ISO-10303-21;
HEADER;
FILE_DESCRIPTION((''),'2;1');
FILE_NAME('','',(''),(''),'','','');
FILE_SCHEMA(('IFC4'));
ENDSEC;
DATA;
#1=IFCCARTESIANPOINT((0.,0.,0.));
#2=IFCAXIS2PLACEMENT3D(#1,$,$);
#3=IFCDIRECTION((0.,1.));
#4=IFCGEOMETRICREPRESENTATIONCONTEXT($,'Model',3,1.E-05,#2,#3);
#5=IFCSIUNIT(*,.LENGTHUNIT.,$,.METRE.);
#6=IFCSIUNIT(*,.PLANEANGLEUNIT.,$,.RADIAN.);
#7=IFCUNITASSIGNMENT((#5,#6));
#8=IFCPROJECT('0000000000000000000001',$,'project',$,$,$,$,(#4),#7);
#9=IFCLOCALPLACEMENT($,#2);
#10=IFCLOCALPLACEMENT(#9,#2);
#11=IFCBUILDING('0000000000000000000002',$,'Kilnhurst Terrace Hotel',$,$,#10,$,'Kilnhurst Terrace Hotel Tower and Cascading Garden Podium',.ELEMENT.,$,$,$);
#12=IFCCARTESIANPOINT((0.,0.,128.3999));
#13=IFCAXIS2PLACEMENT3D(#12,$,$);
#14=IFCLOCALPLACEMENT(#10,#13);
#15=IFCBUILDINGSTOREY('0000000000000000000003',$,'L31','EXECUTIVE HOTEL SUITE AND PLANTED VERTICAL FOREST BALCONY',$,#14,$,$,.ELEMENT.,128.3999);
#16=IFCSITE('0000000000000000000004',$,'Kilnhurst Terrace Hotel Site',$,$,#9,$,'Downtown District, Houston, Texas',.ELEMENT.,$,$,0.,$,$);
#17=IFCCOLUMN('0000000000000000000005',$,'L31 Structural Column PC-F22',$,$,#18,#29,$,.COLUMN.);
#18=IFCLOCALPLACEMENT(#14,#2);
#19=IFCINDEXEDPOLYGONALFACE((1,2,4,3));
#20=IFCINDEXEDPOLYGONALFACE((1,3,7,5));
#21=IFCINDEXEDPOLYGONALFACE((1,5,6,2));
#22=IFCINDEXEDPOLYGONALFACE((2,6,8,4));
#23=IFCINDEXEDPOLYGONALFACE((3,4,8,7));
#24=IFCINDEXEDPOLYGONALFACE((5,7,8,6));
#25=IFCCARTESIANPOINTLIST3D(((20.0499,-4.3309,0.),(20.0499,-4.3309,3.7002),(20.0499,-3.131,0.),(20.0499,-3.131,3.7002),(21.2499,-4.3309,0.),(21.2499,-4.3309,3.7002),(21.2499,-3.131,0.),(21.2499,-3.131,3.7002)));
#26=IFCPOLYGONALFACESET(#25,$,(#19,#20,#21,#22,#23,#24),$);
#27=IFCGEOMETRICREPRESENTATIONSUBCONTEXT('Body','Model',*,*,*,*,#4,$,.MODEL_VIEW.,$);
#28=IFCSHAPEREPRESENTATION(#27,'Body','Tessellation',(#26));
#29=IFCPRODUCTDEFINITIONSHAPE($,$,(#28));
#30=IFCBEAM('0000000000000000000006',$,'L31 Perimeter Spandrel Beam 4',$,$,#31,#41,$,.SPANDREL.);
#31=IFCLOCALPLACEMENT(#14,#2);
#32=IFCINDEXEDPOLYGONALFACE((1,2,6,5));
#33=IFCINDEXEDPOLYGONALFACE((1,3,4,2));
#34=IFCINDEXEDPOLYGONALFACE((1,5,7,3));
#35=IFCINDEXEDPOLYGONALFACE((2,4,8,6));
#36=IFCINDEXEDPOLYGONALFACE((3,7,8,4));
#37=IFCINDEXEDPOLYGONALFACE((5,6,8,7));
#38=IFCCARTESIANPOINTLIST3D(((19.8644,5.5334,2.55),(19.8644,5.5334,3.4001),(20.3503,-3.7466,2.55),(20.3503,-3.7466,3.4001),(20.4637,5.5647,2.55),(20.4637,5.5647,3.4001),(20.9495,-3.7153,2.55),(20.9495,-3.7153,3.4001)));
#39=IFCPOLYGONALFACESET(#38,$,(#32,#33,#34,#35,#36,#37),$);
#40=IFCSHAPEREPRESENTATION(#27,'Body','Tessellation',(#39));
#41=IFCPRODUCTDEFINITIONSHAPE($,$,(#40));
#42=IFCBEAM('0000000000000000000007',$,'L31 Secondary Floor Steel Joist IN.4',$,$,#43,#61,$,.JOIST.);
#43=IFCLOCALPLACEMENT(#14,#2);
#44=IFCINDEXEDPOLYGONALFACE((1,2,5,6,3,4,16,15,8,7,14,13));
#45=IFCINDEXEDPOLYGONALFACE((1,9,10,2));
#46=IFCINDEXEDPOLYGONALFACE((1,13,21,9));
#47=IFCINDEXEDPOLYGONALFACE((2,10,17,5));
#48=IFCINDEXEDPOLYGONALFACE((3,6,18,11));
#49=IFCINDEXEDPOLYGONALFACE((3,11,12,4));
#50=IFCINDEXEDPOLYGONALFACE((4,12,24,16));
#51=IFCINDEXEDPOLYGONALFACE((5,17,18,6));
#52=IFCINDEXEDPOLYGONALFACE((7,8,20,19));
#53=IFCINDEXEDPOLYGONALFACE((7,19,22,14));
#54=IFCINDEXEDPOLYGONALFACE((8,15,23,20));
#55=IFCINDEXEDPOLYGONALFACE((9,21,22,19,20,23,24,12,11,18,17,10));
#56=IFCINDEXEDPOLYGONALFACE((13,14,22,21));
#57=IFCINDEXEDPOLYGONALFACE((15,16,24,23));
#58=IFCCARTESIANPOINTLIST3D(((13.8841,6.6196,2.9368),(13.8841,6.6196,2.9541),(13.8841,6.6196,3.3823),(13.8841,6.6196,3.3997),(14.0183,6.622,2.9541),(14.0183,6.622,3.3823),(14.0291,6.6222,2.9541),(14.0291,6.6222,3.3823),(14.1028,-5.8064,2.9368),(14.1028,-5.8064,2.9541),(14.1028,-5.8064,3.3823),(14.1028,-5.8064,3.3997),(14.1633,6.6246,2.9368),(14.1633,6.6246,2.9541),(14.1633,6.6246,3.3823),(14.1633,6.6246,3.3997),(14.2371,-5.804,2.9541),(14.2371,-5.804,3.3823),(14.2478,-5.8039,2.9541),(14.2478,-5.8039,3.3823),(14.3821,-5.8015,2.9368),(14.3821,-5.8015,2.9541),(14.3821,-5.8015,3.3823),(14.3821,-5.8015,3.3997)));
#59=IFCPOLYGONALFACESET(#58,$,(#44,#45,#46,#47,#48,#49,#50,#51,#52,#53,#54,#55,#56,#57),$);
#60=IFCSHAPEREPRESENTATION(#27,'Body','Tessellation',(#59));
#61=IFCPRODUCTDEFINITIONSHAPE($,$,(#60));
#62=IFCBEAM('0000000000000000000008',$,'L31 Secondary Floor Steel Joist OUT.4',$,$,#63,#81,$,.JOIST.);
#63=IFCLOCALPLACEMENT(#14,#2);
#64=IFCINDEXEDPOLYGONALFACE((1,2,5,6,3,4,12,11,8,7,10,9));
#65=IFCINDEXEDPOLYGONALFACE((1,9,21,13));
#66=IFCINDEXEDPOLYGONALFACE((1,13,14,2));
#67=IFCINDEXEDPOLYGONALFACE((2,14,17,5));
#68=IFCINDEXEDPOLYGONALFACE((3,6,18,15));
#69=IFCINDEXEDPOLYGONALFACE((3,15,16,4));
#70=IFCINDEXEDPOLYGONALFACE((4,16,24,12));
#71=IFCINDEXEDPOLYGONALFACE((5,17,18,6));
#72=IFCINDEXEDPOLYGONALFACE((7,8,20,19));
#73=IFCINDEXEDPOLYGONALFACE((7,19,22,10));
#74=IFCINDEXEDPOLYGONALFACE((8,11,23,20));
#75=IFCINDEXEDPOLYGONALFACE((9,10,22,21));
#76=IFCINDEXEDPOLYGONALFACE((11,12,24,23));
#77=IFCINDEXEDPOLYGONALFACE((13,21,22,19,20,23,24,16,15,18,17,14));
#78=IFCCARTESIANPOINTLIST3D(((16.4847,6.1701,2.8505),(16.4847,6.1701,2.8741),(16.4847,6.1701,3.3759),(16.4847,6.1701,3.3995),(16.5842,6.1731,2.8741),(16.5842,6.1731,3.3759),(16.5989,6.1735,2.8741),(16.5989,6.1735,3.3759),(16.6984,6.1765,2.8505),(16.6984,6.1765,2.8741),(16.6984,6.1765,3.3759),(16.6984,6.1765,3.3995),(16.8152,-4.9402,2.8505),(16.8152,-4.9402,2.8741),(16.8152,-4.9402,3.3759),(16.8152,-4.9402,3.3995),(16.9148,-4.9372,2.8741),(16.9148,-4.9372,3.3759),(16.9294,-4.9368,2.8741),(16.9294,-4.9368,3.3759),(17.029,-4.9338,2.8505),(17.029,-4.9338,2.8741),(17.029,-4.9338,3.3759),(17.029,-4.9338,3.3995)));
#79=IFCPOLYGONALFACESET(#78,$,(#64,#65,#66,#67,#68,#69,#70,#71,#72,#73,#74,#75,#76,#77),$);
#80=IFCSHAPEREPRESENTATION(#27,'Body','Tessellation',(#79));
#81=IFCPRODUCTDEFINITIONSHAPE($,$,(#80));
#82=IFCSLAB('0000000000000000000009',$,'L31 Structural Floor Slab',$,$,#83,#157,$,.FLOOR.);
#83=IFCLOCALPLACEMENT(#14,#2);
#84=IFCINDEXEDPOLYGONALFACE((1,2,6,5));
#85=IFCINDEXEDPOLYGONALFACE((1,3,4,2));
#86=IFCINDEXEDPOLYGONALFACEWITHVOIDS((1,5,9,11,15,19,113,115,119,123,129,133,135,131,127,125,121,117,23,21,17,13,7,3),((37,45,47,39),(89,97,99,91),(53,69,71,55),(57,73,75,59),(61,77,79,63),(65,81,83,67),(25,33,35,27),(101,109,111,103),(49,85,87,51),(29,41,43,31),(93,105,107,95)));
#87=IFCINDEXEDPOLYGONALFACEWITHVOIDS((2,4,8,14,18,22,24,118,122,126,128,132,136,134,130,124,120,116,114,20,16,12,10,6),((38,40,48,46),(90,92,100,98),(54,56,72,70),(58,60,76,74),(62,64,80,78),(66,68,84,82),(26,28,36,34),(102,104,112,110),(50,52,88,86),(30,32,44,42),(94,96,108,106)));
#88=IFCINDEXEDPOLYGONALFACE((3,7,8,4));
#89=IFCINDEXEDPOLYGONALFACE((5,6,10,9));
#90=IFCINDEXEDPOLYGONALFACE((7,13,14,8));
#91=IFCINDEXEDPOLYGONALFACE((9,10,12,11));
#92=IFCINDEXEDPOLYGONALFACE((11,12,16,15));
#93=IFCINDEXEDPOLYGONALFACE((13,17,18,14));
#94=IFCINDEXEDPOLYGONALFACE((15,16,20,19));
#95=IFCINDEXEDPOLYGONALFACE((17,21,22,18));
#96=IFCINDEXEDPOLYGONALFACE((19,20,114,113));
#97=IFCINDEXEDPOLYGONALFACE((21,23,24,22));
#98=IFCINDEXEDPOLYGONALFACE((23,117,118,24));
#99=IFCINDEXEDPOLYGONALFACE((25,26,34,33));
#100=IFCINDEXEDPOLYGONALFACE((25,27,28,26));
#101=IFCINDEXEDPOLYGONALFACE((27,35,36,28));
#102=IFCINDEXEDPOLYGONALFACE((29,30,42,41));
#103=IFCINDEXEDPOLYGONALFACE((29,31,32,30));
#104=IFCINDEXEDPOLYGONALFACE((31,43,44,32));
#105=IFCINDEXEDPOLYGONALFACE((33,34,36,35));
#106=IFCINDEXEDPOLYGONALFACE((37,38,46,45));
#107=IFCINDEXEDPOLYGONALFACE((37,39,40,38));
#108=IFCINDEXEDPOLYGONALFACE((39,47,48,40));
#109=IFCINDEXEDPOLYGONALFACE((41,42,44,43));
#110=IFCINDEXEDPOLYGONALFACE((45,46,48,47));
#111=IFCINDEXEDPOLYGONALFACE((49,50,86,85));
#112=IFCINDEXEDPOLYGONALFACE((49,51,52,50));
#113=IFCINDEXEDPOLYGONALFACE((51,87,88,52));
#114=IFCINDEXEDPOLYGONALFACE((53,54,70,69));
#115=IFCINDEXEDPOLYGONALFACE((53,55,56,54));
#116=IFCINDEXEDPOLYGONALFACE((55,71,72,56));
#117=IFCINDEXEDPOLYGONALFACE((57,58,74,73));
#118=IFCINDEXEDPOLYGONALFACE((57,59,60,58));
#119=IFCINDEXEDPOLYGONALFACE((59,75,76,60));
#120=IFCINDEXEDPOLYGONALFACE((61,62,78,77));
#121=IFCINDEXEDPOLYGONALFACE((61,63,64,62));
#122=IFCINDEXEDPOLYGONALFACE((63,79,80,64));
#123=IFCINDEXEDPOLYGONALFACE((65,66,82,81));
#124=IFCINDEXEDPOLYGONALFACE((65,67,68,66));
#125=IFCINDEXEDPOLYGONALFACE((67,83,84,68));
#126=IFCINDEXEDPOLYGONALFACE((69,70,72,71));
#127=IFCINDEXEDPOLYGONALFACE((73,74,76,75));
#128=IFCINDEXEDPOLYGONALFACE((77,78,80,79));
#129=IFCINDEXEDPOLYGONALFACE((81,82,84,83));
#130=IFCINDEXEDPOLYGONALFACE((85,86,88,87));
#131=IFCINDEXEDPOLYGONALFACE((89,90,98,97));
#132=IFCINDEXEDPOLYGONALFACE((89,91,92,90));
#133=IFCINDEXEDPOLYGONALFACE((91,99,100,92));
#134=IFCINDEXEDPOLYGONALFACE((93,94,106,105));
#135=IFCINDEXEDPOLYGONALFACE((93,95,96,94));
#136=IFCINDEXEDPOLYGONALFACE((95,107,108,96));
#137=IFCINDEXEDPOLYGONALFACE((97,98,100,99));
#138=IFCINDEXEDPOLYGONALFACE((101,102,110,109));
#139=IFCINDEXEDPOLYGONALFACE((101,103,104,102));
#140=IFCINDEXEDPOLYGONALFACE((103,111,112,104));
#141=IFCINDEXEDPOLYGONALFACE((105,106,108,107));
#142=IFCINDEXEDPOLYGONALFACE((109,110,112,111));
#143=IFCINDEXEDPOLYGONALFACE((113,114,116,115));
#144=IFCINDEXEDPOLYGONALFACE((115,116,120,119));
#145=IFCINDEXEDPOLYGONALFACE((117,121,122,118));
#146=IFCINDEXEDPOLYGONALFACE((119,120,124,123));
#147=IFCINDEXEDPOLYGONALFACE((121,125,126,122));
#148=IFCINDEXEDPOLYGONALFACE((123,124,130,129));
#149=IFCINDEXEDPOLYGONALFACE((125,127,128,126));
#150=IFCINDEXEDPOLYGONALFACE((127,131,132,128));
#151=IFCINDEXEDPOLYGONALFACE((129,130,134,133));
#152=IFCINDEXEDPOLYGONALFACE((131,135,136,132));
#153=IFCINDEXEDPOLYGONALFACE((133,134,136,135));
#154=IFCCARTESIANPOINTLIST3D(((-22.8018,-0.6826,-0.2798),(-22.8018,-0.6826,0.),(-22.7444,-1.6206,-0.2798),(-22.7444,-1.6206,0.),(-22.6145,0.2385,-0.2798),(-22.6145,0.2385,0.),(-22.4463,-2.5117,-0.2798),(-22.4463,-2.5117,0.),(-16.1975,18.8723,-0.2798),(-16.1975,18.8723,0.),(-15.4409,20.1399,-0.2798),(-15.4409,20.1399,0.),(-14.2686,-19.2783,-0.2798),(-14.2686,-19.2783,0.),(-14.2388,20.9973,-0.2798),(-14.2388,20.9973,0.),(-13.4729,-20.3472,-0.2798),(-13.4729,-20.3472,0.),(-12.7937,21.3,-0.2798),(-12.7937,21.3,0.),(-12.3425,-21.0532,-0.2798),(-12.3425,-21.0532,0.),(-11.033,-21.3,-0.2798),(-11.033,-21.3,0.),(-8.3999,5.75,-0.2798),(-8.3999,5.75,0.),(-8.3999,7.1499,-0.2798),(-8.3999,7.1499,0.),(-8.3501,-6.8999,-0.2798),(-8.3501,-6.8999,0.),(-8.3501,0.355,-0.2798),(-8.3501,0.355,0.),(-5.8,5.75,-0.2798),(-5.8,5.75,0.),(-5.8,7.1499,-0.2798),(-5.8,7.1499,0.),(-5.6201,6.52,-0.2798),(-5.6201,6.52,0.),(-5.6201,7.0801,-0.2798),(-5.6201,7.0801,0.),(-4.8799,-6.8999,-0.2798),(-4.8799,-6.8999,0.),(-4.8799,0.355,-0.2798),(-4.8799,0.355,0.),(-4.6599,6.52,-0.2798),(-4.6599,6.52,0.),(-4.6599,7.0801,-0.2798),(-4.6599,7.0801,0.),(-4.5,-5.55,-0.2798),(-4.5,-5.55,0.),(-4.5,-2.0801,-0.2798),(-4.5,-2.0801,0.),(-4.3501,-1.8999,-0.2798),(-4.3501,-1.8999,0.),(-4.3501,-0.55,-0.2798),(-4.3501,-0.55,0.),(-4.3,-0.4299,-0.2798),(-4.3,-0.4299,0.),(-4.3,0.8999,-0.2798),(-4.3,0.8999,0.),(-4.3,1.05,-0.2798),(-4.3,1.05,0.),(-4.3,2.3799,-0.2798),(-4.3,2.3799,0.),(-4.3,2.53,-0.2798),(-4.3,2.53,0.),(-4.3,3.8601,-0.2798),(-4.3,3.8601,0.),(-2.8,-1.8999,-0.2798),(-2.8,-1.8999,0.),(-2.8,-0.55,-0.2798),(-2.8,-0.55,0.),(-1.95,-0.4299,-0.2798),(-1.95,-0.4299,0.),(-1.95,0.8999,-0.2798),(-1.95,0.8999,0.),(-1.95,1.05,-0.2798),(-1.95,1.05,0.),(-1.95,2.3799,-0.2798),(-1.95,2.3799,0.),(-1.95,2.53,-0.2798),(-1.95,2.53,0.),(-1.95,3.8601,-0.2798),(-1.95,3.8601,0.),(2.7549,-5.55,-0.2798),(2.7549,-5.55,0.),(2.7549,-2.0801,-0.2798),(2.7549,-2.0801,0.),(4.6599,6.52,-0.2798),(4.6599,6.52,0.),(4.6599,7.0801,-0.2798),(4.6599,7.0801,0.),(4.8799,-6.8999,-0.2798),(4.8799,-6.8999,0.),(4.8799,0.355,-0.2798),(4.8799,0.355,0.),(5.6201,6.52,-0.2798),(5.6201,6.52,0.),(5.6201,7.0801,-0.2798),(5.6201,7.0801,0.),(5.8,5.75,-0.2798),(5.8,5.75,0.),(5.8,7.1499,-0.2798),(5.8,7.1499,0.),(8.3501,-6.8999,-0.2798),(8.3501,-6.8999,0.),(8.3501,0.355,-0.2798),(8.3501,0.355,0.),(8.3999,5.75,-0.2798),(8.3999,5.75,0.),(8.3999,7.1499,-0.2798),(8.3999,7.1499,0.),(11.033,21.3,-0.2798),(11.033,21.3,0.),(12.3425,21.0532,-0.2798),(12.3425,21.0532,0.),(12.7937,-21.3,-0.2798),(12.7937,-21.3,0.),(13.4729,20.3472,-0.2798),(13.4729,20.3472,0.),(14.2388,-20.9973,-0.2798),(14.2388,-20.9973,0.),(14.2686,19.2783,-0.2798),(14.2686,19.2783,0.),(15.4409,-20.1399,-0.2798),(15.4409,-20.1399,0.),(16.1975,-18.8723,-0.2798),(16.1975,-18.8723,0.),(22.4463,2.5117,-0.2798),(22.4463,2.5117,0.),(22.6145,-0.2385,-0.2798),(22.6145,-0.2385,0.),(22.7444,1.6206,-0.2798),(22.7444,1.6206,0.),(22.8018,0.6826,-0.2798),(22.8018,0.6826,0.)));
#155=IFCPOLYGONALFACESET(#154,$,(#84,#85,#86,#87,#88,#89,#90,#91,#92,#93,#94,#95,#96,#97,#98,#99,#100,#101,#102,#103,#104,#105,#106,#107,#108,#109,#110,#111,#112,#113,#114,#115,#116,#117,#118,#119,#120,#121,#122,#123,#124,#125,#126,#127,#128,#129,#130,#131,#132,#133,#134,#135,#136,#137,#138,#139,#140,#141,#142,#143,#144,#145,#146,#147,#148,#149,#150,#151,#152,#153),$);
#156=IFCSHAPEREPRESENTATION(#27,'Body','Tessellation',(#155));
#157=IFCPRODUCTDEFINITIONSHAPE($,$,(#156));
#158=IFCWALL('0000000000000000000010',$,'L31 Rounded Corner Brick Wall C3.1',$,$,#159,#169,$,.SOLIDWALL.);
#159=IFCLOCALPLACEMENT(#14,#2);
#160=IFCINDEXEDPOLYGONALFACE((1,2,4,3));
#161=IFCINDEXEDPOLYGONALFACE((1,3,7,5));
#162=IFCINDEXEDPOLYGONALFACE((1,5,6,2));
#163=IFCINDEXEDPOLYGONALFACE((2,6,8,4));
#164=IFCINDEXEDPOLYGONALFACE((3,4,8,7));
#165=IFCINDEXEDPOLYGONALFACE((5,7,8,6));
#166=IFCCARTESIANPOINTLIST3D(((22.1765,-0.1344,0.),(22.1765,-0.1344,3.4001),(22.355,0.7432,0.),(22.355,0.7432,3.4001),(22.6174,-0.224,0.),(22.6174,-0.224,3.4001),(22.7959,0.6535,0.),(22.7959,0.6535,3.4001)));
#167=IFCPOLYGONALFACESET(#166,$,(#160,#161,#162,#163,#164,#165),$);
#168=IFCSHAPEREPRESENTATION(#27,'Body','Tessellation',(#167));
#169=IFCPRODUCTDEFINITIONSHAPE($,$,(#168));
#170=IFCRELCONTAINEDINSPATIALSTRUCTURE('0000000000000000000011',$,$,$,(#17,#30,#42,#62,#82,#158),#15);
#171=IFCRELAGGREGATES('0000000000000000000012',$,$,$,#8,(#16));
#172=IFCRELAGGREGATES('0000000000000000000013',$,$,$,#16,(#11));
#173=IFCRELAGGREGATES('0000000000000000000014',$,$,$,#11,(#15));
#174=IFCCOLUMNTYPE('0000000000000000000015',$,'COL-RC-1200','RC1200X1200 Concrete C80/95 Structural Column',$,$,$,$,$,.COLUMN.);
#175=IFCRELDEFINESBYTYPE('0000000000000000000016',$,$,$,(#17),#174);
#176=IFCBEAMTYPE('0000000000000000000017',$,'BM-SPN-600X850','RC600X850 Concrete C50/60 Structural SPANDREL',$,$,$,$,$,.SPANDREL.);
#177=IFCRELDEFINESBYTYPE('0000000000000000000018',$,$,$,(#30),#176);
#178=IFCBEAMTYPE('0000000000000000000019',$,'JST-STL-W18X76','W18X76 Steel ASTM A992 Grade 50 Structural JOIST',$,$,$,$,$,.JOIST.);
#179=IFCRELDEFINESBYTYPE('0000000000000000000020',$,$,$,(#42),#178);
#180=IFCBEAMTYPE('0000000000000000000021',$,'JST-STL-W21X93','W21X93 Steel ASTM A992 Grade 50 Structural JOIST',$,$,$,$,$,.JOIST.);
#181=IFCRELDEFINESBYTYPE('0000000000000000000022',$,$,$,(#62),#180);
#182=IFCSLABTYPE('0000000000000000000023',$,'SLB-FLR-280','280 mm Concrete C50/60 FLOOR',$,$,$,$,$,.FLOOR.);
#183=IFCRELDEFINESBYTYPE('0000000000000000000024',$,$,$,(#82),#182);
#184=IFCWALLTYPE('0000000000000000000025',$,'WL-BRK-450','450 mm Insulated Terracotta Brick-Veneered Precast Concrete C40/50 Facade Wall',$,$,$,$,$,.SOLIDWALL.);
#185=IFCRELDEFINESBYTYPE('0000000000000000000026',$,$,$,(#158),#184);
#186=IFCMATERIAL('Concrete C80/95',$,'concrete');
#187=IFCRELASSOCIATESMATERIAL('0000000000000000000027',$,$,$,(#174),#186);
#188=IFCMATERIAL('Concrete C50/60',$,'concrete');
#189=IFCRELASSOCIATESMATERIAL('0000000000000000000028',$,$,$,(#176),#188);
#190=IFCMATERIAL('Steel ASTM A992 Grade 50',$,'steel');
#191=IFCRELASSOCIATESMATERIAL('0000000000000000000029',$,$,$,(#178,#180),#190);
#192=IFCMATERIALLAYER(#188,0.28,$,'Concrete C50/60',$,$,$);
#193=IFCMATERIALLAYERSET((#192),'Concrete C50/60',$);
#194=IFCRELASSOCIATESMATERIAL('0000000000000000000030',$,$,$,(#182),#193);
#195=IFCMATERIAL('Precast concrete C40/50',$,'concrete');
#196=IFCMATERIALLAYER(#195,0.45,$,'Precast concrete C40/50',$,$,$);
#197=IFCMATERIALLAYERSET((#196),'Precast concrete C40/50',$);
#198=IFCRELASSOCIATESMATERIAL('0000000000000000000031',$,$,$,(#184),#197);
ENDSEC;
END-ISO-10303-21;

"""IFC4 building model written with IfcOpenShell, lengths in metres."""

from ifc_helpers import new_model, si_unit, direction, frame, frame_2d, origin, origin_2d, place, context, subcontext, project, spatial, polyline, rectangle, i_section, outline, extrude, material, layer, layer_set, material_profile, profile_set, type_object, element, save


model = new_model("IFC4")

# Units and contexts
model_context = context("Model", 3, precision=1e-05, world=origin(), true_north=direction((0.0, 1.0)))
body_context = subcontext(model_context, "Body", "Model", "MODEL_VIEW")
ifc_project = project(units=[si_unit("LENGTHUNIT", "METRE"), si_unit("PLANEANGLEUNIT", "RADIAN")], contexts=[model_context])

# Site, building, storey
site_placement = place(None, origin())
site = spatial("IfcSite", under=ifc_project, at=site_placement, Name="Kilnhurst Terrace Hotel Site", LongName="Downtown District, Houston, Texas", CompositionType="ELEMENT", RefElevation=0.0)
building_placement = place(site_placement, origin())
building = spatial("IfcBuilding", under=site, at=building_placement, Name="Kilnhurst Terrace Hotel", LongName="Kilnhurst Terrace Hotel Tower and Cascading Garden Podium", CompositionType="ELEMENT")
storey_placement = place(building_placement, frame((0.0, 0.0, 128.3999)))
storey = spatial("IfcBuildingStorey", under=building, at=storey_placement, Name="L31", Description="EXECUTIVE HOTEL SUITE AND PLANTED VERTICAL FOREST BALCONY", CompositionType="ELEMENT", Elevation=128.3999)

# Column
ifc_material_1 = material(Name="Concrete C80/95", Category="concrete")
ifc_material_profile_1 = material_profile(ifc_material_1, rectangle(XDim=1.2, YDim=1.2, at=origin_2d()), Name="RC1200X1200")
ifc_profile_set_1 = profile_set([ifc_material_profile_1], Name="Concrete C80/95")
column_type = type_object("IfcColumnType", Name="COL-RC-1200", Description="RC1200X1200 Concrete C80/95 Structural Column", PredefinedType="COLUMN", material=ifc_profile_set_1)
column_placement = place(storey_placement, frame((20.6499, -3.731, 0.0), z_axis=(0.0, 0.0, 1.0), x_axis=(1.0, 0.0, 0.0)))
element("IfcColumn", 1, at=column_placement, inside=storey, type_object=column_type, Name="L31 Structural Column PC-F22", PredefinedType="COLUMN", context=body_context, shape_type="SweptSolid", body=[
    extrude(rectangle(XDim=1.2, YDim=1.2, at=origin_2d()), origin(), (0.0, 0.0, 1.0), 3.7002),
])

# Beams
ifc_material_2 = material(Name="Concrete C50/60", Category="concrete")
ifc_material_profile_2 = material_profile(ifc_material_2, rectangle(XDim=0.6001, YDim=0.8501, at=origin_2d()), Name="RC600X850")
ifc_profile_set_2 = profile_set([ifc_material_profile_2], Name="Concrete C50/60")
beam_type_1 = type_object("IfcBeamType", Name="BM-SPN-600X850", Description="RC600X850 Concrete C50/60 Structural SPANDREL", PredefinedType="SPANDREL", material=ifc_profile_set_2)
beam_1_placement = place(storey_placement, frame((20.6499, -3.731, 2.9751), z_axis=(-0.052282, 0.998632, 0.0), x_axis=(-0.998632, -0.052282, 0.0)))
element("IfcBeam", 2, at=beam_1_placement, inside=storey, type_object=beam_type_1, Name="L31 Perimeter Spandrel Beam 4", PredefinedType="SPANDREL", context=body_context, shape_type="SweptSolid", body=[
    extrude(rectangle(XDim=0.6001, YDim=0.8501, at=origin_2d()), origin(), (0.0, 0.0, 1.0), 9.2927),
])
ifc_material_3 = material(Name="Steel ASTM A992 Grade 50", Category="steel")
ifc_material_profile_3 = material_profile(ifc_material_3, i_section(OverallWidth=0.2793, OverallDepth=0.4629, WebThickness=0.0107, FlangeThickness=0.0173, at=origin_2d()), Name="W18X76")
ifc_profile_set_3 = profile_set([ifc_material_profile_3], Name="Steel ASTM A992 Grade 50")
beam_type_2 = type_object("IfcBeamType", Name="JST-STL-W18X76", Description="W18X76 Steel ASTM A992 Grade 50 Structural JOIST", PredefinedType="JOIST", material=ifc_profile_set_3)
beam_2_placement = place(storey_placement, frame((14.2424, -5.804, 3.1682), z_axis=(-0.017601, 0.999845, 0.0), x_axis=(-0.999845, -0.017601, 0.0)))
element("IfcBeam", 3, at=beam_2_placement, inside=storey, type_object=beam_type_2, Name="L31 Secondary Floor Steel Joist IN.4", PredefinedType="JOIST", context=body_context, shape_type="SweptSolid", body=[
    extrude(i_section(OverallWidth=0.2793, OverallDepth=0.4629, WebThickness=0.0107, FlangeThickness=0.0173, at=origin_2d()), origin(), (0.0, 0.0, 1.0), 12.428),
])
ifc_material_profile_4 = material_profile(ifc_material_3, i_section(OverallWidth=0.2139, OverallDepth=0.5491, WebThickness=0.0146, FlangeThickness=0.0237, at=origin_2d()), Name="W21X93")
ifc_profile_set_4 = profile_set([ifc_material_profile_4], Name="Steel ASTM A992 Grade 50")
beam_type_3 = type_object("IfcBeamType", Name="JST-STL-W21X93", Description="W21X93 Steel ASTM A992 Grade 50 Structural JOIST", PredefinedType="JOIST", material=ifc_profile_set_4)
beam_3_placement = place(storey_placement, frame((16.9221, -4.937, 3.125), z_axis=(-0.02974, 0.999558, 0.0), x_axis=(-0.999558, -0.02974, 0.0)))
element("IfcBeam", 4, at=beam_3_placement, inside=storey, type_object=beam_type_3, Name="L31 Secondary Floor Steel Joist OUT.4", PredefinedType="JOIST", context=body_context, shape_type="SweptSolid", body=[
    extrude(i_section(OverallWidth=0.2139, OverallDepth=0.5491, WebThickness=0.0146, FlangeThickness=0.0237, at=origin_2d()), origin(), (0.0, 0.0, 1.0), 11.1152),
])

# Slab
ifc_layer_1 = layer(ifc_material_2, 0.28, Name="Concrete C50/60")
ifc_layer_set_1 = layer_set([ifc_layer_1], Name="Concrete C50/60")
slab_type = type_object("IfcSlabType", Name="SLB-FLR-280", Description="280 mm Concrete C50/60 FLOOR", PredefinedType="FLOOR", material=ifc_layer_set_1)
slab_placement = place(storey_placement, frame((0.0, 0.0, -0.2798)))
element("IfcSlab", 5, at=slab_placement, inside=storey, type_object=slab_type, Name="L31 Structural Floor Slab", PredefinedType="FLOOR", context=body_context, shape_type="SweptSolid", body=[
    extrude(outline(polyline([(-14.2686, -19.2783), (-13.4729, -20.3472), (-12.3425, -21.0532), (-11.033, -21.3), (12.7937, -21.3), (14.2388, -20.9973), (15.4409, -20.1399), (16.1975, -18.8723), (22.6145, -0.2385), (22.8018, 0.6826), (22.7444, 1.6206), (22.4463, 2.5117), (14.2686, 19.2783), (13.4729, 20.3472), (12.3425, 21.0532), (11.033, 21.3), (-12.7937, 21.3), (-14.2388, 20.9973), (-15.4409, 20.1399), (-16.1975, 18.8723), (-22.6145, 0.2385), (-22.8018, -0.6826), (-22.7444, -1.6206), (-22.4463, -2.5117), (-14.2686, -19.2783)]), holes=[polyline([(-8.3501, 0.355), (-4.8799, 0.355), (-4.8799, -6.8999), (-8.3501, -6.8999), (-8.3501, 0.355)]), polyline([(-2.8, -1.8999), (-4.3501, -1.8999), (-4.3501, -0.55), (-2.8, -0.55), (-2.8, -1.8999)]), polyline([(-1.95, -0.4299), (-4.3, -0.4299), (-4.3, 0.8999), (-1.95, 0.8999), (-1.95, -0.4299)]), polyline([(-4.3, 1.05), (-4.3, 2.3799), (-1.95, 2.3799), (-1.95, 1.05), (-4.3, 1.05)]), polyline([(-8.3999, 5.75), (-8.3999, 7.1499), (-5.8, 7.1499), (-5.8, 5.75), (-8.3999, 5.75)]), polyline([(-4.6599, 6.52), (-5.6201, 6.52), (-5.6201, 7.0801), (-4.6599, 7.0801), (-4.6599, 6.52)]), polyline([(2.7549, -5.55), (-4.5, -5.55), (-4.5, -2.0801), (2.7549, -2.0801), (2.7549, -5.55)]), polyline([(8.3501, 0.355), (8.3501, -6.8999), (4.8799, -6.8999), (4.8799, 0.355), (8.3501, 0.355)]), polyline([(-1.95, 2.53), (-4.3, 2.53), (-4.3, 3.8601), (-1.95, 3.8601), (-1.95, 2.53)]), polyline([(5.8, 5.75), (5.8, 7.1499), (8.3999, 7.1499), (8.3999, 5.75), (5.8, 5.75)]), polyline([(4.6599, 6.52), (4.6599, 7.0801), (5.6201, 7.0801), (5.6201, 6.52), (4.6599, 6.52)])]), origin(), (0.0, 0.0, 1.0), 0.2798),
])

# Wall
ifc_material_4 = material(Name="Precast concrete C40/50", Category="concrete")
ifc_layer_2 = layer(ifc_material_4, 0.45, Name="Precast concrete C40/50")
ifc_layer_set_2 = layer_set([ifc_layer_2], Name="Precast concrete C40/50")
wall_type_1 = type_object("IfcWallType", Name="WL-BRK-450", Description="450 mm Insulated Terracotta Brick-Veneered Precast Concrete C40/50 Facade Wall", PredefinedType="SOLIDWALL", material=ifc_layer_set_2)
wall_1_placement = place(storey_placement, frame((22.397, -0.1792, 0.0), z_axis=(0.0, 0.0, 1.0), x_axis=(0.199314, 0.979936, 0.0)))
element("IfcWall", 6, at=wall_1_placement, inside=storey, type_object=wall_type_1, Name="L31 Rounded Corner Brick Wall C3.1", PredefinedType="SOLIDWALL", context=body_context, shape_type="SweptSolid", body=[
    extrude(rectangle(XDim=0.8955, YDim=0.45, at=frame_2d((0.4478, 0.0))), origin(), (0.0, 0.0, 1.0), 3.4001),
])

save(model, "model.ifc")
